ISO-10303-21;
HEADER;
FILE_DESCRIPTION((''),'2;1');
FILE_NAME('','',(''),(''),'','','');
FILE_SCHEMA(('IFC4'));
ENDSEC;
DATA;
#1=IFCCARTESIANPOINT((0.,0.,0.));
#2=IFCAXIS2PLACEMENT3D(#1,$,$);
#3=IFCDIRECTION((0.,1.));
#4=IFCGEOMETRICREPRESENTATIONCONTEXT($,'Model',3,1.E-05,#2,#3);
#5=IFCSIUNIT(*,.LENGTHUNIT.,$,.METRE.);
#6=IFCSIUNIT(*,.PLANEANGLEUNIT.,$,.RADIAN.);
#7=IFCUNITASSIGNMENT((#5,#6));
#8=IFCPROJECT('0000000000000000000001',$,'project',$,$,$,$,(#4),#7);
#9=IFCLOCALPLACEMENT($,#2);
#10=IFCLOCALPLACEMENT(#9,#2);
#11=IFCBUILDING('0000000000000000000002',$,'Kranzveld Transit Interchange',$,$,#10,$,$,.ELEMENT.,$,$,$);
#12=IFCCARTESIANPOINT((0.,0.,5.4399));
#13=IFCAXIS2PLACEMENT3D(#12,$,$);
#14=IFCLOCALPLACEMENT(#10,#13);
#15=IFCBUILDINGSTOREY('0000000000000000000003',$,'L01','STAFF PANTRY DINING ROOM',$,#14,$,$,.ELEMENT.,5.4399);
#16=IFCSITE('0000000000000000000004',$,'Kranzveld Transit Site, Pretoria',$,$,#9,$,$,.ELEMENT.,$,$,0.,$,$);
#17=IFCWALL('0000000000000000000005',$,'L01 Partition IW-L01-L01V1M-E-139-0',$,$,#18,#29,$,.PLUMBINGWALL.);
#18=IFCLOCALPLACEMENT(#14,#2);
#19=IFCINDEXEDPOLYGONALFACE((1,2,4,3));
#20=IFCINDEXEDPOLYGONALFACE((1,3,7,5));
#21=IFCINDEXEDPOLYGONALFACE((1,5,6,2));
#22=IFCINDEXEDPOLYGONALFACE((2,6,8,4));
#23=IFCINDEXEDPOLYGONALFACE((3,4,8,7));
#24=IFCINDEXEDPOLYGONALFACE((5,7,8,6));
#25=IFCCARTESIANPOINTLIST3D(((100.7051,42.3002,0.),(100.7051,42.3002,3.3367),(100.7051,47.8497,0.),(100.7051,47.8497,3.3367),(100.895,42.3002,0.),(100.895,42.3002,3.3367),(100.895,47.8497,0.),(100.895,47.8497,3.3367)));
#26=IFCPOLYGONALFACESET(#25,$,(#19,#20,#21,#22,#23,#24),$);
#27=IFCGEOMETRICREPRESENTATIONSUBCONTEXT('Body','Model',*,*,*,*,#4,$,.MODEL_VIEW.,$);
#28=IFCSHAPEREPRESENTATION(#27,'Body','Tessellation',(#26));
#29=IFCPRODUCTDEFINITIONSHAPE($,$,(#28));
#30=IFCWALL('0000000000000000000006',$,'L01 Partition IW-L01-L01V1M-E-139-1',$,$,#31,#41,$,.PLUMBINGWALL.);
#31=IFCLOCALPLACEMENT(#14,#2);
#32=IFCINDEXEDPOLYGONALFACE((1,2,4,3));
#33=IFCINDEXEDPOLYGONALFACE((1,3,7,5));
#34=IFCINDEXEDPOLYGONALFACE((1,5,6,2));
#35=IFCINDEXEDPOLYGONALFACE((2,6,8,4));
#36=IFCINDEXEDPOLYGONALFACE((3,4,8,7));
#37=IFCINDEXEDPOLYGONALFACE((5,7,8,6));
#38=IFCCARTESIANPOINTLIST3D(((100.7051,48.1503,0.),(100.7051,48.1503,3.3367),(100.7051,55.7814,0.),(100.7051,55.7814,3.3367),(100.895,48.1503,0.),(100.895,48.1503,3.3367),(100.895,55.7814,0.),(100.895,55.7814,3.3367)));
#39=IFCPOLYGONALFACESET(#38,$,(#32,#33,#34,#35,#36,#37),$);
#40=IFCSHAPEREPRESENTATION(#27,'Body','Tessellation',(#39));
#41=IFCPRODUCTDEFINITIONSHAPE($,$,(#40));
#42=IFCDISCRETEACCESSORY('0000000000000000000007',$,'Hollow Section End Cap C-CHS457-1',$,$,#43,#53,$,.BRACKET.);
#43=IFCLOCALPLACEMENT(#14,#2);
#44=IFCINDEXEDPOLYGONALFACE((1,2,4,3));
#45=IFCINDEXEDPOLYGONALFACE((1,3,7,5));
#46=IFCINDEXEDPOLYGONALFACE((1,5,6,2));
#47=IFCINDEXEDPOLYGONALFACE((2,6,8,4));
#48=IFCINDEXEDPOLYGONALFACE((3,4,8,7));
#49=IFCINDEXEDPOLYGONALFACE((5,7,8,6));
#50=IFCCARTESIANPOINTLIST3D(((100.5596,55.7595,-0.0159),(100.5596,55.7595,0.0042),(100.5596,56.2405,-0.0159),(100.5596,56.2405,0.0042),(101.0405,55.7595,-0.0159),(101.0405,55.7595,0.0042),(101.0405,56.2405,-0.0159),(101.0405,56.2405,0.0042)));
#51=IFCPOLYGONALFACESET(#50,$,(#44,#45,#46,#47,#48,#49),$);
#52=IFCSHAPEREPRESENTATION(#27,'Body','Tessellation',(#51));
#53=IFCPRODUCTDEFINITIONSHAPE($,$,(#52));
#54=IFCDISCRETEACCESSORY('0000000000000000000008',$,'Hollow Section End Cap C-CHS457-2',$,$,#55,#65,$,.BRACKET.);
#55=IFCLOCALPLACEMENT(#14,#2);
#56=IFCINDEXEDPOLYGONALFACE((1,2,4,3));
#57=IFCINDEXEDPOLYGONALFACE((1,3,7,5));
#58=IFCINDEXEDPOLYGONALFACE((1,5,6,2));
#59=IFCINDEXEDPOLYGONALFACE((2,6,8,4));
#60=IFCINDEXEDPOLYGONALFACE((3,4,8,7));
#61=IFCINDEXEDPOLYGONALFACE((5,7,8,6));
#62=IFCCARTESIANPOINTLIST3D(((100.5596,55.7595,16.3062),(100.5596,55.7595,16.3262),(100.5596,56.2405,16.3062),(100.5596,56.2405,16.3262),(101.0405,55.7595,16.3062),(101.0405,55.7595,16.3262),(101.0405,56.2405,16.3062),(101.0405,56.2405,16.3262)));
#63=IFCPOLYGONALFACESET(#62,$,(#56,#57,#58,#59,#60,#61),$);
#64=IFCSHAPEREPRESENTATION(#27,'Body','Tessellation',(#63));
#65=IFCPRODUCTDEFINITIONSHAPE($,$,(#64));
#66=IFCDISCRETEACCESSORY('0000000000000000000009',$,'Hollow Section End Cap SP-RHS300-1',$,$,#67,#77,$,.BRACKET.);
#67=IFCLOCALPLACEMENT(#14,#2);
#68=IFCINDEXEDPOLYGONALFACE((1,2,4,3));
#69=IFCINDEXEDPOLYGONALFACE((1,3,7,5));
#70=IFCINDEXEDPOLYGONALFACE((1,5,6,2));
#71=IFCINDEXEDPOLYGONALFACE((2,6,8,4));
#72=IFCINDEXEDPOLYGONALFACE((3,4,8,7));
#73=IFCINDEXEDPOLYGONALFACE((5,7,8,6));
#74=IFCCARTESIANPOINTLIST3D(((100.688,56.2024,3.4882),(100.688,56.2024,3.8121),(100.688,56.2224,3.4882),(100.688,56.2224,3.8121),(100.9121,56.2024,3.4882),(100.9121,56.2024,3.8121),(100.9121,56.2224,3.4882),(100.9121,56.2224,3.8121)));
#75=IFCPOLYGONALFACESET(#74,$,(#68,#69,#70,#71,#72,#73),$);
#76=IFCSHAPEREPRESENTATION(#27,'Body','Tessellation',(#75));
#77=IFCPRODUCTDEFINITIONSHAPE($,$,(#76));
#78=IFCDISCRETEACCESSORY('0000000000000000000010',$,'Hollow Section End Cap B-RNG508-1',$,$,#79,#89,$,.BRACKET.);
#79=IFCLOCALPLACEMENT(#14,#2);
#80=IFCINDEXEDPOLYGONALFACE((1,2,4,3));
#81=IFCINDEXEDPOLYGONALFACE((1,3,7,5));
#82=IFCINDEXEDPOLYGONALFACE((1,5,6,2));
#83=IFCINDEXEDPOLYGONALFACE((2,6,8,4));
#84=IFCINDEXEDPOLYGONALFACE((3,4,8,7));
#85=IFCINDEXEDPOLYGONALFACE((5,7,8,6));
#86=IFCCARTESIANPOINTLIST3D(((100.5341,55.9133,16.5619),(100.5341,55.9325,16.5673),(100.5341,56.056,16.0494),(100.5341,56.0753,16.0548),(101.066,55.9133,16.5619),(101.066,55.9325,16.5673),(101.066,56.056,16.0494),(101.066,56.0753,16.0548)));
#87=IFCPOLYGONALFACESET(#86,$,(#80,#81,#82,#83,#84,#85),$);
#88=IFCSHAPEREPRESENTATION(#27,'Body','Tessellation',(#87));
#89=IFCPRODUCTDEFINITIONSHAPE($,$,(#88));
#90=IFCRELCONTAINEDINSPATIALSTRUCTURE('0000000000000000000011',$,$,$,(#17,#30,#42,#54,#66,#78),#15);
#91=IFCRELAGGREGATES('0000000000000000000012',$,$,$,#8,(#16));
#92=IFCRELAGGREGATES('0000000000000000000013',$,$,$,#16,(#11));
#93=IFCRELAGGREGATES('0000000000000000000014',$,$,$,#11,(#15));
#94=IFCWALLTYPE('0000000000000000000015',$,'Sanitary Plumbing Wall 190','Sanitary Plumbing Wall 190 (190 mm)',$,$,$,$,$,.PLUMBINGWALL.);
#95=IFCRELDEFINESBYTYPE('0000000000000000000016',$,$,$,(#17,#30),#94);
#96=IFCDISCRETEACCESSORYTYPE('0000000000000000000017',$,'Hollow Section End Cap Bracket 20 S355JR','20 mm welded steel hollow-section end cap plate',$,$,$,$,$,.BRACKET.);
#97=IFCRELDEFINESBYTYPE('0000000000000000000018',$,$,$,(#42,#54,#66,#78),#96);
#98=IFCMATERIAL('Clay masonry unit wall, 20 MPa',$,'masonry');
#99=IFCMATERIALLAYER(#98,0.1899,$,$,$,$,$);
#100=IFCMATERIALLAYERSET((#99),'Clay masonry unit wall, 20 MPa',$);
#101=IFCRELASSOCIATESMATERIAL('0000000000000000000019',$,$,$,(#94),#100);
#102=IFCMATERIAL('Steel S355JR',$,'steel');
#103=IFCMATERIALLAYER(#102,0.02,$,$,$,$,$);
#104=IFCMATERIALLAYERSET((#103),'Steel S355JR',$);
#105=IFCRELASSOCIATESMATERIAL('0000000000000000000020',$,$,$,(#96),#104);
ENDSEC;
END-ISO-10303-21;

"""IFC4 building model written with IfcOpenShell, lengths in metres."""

from ifc_helpers import new_model, si_unit, direction, frame, frame_2d, origin, origin_2d, place, context, subcontext, project, spatial, rectangle, extrude, material, layer, layer_set, type_object, element, save


model = new_model("IFC4")

# Units and contexts
model_context = context("Model", 3, precision=1e-05, world=origin(), true_north=direction((0.0, 1.0)))
body_context = subcontext(model_context, "Body", "Model", "MODEL_VIEW")
ifc_project = project(units=[si_unit("LENGTHUNIT", "METRE"), si_unit("PLANEANGLEUNIT", "RADIAN")], contexts=[model_context])

# Site, building, storey
site_placement = place(None, origin())
site = spatial("IfcSite", under=ifc_project, at=site_placement, Name="Kranzveld Transit Site, Pretoria", CompositionType="ELEMENT", RefElevation=0.0)
building_placement = place(site_placement, origin())
building = spatial("IfcBuilding", under=site, at=building_placement, Name="Kranzveld Transit Interchange", CompositionType="ELEMENT")
storey_placement = place(building_placement, frame((0.0, 0.0, 5.4399)))
storey = spatial("IfcBuildingStorey", under=building, at=storey_placement, Name="L01", Description="STAFF PANTRY DINING ROOM", CompositionType="ELEMENT", Elevation=5.4399)

# Walls
ifc_material_1 = material(Name="Clay masonry unit wall, 20 MPa", Category="masonry")
ifc_layer_1 = layer(ifc_material_1, 0.1899)
ifc_layer_set_1 = layer_set([ifc_layer_1], Name="Clay masonry unit wall, 20 MPa")
wall_type_1 = type_object("IfcWallType", Name="Sanitary Plumbing Wall 190", Description="Sanitary Plumbing Wall 190 (190 mm)", PredefinedType="PLUMBINGWALL", material=ifc_layer_set_1)
wall_1_placement = place(storey_placement, frame((100.8, 42.3, 0.0), z_axis=(0.0, 0.0, 1.0), x_axis=(0.0, 1.0, 0.0)))
element("IfcWall", 1, at=wall_1_placement, inside=storey, type_object=wall_type_1, Name="L01 Partition IW-L01-L01V1M-E-139-0", PredefinedType="PLUMBINGWALL", context=body_context, shape_type="SweptSolid", body=[
    extrude(rectangle(XDim=5.5496, YDim=0.1899, at=frame_2d((2.7749, 0.0))), origin(), (0.0, 0.0, 1.0), 3.3367),
])
wall_2_placement = place(storey_placement, frame((100.8, 48.1504, 0.0), z_axis=(0.0, 0.0, 1.0), x_axis=(0.0, 1.0, 0.0)))
element("IfcWall", 2, at=wall_2_placement, inside=storey, type_object=wall_type_1, Name="L01 Partition IW-L01-L01V1M-E-139-1", PredefinedType="PLUMBINGWALL", context=body_context, shape_type="SweptSolid", body=[
    extrude(rectangle(XDim=7.6311, YDim=0.1899, at=frame_2d((3.8154, 0.0))), origin(), (0.0, 0.0, 1.0), 3.3367),
])

# Discrete accessories
ifc_material_2 = material(Name="Steel S355JR", Category="steel")
ifc_layer_2 = layer(ifc_material_2, 0.02)
ifc_layer_set_2 = layer_set([ifc_layer_2], Name="Steel S355JR")
discrete_accessory_type = type_object("IfcDiscreteAccessoryType", Name="Hollow Section End Cap Bracket 20 S355JR", Description="20 mm welded steel hollow-section end cap plate", PredefinedType="BRACKET", material=ifc_layer_set_2)
for number, where, z_axis, x_axis, name in (
    (3, (100.8, 56.0, 0.0042), (0.0, 0.0, -1.0), (1.0, 0.0, 0.0), "Hollow Section End Cap C-CHS457-1"),
    (4, (100.8, 56.0, 16.3062), (0.0, 0.0, 1.0), (1.0, 0.0, 0.0), "Hollow Section End Cap C-CHS457-2"),
):
    element("IfcDiscreteAccessory", number, at=place(storey_placement, frame(where, z_axis=z_axis, x_axis=x_axis)), inside=storey, type_object=discrete_accessory_type, Name=name, PredefinedType="BRACKET", context=body_context, shape_type="SweptSolid", body=[
        extrude(rectangle(XDim=0.481, YDim=0.481, at=origin_2d()), origin(), (0.0, 0.0, 1.0), 0.02),
    ])
discrete_accessory_1_placement = place(storey_placement, frame((100.8, 56.2224, 3.6501), z_axis=(0.0, -1.0, 0.0), x_axis=(1.0, 0.0, 0.0)))
element("IfcDiscreteAccessory", 5, at=discrete_accessory_1_placement, inside=storey, type_object=discrete_accessory_type, Name="Hollow Section End Cap SP-RHS300-1", PredefinedType="BRACKET", context=body_context, shape_type="SweptSolid", body=[
    extrude(rectangle(XDim=0.2241, YDim=0.324, at=origin_2d()), origin(), (0.0, 0.0, 1.0), 0.02),
])
discrete_accessory_2_placement = place(storey_placement, frame((100.8, 56.0039, 16.311), z_axis=(0.0, -0.963343, -0.268273), x_axis=(1.0, 0.0, 0.0)))
element("IfcDiscreteAccessory", 6, at=discrete_accessory_2_placement, inside=storey, type_object=discrete_accessory_type, Name="Hollow Section End Cap B-RNG508-1", PredefinedType="BRACKET", context=body_context, shape_type="SweptSolid", body=[
    extrude(rectangle(XDim=0.532, YDim=0.532, at=origin_2d()), origin(), (0.0, 0.0, 1.0), 0.02),
])

save(model, "model.ifc")
